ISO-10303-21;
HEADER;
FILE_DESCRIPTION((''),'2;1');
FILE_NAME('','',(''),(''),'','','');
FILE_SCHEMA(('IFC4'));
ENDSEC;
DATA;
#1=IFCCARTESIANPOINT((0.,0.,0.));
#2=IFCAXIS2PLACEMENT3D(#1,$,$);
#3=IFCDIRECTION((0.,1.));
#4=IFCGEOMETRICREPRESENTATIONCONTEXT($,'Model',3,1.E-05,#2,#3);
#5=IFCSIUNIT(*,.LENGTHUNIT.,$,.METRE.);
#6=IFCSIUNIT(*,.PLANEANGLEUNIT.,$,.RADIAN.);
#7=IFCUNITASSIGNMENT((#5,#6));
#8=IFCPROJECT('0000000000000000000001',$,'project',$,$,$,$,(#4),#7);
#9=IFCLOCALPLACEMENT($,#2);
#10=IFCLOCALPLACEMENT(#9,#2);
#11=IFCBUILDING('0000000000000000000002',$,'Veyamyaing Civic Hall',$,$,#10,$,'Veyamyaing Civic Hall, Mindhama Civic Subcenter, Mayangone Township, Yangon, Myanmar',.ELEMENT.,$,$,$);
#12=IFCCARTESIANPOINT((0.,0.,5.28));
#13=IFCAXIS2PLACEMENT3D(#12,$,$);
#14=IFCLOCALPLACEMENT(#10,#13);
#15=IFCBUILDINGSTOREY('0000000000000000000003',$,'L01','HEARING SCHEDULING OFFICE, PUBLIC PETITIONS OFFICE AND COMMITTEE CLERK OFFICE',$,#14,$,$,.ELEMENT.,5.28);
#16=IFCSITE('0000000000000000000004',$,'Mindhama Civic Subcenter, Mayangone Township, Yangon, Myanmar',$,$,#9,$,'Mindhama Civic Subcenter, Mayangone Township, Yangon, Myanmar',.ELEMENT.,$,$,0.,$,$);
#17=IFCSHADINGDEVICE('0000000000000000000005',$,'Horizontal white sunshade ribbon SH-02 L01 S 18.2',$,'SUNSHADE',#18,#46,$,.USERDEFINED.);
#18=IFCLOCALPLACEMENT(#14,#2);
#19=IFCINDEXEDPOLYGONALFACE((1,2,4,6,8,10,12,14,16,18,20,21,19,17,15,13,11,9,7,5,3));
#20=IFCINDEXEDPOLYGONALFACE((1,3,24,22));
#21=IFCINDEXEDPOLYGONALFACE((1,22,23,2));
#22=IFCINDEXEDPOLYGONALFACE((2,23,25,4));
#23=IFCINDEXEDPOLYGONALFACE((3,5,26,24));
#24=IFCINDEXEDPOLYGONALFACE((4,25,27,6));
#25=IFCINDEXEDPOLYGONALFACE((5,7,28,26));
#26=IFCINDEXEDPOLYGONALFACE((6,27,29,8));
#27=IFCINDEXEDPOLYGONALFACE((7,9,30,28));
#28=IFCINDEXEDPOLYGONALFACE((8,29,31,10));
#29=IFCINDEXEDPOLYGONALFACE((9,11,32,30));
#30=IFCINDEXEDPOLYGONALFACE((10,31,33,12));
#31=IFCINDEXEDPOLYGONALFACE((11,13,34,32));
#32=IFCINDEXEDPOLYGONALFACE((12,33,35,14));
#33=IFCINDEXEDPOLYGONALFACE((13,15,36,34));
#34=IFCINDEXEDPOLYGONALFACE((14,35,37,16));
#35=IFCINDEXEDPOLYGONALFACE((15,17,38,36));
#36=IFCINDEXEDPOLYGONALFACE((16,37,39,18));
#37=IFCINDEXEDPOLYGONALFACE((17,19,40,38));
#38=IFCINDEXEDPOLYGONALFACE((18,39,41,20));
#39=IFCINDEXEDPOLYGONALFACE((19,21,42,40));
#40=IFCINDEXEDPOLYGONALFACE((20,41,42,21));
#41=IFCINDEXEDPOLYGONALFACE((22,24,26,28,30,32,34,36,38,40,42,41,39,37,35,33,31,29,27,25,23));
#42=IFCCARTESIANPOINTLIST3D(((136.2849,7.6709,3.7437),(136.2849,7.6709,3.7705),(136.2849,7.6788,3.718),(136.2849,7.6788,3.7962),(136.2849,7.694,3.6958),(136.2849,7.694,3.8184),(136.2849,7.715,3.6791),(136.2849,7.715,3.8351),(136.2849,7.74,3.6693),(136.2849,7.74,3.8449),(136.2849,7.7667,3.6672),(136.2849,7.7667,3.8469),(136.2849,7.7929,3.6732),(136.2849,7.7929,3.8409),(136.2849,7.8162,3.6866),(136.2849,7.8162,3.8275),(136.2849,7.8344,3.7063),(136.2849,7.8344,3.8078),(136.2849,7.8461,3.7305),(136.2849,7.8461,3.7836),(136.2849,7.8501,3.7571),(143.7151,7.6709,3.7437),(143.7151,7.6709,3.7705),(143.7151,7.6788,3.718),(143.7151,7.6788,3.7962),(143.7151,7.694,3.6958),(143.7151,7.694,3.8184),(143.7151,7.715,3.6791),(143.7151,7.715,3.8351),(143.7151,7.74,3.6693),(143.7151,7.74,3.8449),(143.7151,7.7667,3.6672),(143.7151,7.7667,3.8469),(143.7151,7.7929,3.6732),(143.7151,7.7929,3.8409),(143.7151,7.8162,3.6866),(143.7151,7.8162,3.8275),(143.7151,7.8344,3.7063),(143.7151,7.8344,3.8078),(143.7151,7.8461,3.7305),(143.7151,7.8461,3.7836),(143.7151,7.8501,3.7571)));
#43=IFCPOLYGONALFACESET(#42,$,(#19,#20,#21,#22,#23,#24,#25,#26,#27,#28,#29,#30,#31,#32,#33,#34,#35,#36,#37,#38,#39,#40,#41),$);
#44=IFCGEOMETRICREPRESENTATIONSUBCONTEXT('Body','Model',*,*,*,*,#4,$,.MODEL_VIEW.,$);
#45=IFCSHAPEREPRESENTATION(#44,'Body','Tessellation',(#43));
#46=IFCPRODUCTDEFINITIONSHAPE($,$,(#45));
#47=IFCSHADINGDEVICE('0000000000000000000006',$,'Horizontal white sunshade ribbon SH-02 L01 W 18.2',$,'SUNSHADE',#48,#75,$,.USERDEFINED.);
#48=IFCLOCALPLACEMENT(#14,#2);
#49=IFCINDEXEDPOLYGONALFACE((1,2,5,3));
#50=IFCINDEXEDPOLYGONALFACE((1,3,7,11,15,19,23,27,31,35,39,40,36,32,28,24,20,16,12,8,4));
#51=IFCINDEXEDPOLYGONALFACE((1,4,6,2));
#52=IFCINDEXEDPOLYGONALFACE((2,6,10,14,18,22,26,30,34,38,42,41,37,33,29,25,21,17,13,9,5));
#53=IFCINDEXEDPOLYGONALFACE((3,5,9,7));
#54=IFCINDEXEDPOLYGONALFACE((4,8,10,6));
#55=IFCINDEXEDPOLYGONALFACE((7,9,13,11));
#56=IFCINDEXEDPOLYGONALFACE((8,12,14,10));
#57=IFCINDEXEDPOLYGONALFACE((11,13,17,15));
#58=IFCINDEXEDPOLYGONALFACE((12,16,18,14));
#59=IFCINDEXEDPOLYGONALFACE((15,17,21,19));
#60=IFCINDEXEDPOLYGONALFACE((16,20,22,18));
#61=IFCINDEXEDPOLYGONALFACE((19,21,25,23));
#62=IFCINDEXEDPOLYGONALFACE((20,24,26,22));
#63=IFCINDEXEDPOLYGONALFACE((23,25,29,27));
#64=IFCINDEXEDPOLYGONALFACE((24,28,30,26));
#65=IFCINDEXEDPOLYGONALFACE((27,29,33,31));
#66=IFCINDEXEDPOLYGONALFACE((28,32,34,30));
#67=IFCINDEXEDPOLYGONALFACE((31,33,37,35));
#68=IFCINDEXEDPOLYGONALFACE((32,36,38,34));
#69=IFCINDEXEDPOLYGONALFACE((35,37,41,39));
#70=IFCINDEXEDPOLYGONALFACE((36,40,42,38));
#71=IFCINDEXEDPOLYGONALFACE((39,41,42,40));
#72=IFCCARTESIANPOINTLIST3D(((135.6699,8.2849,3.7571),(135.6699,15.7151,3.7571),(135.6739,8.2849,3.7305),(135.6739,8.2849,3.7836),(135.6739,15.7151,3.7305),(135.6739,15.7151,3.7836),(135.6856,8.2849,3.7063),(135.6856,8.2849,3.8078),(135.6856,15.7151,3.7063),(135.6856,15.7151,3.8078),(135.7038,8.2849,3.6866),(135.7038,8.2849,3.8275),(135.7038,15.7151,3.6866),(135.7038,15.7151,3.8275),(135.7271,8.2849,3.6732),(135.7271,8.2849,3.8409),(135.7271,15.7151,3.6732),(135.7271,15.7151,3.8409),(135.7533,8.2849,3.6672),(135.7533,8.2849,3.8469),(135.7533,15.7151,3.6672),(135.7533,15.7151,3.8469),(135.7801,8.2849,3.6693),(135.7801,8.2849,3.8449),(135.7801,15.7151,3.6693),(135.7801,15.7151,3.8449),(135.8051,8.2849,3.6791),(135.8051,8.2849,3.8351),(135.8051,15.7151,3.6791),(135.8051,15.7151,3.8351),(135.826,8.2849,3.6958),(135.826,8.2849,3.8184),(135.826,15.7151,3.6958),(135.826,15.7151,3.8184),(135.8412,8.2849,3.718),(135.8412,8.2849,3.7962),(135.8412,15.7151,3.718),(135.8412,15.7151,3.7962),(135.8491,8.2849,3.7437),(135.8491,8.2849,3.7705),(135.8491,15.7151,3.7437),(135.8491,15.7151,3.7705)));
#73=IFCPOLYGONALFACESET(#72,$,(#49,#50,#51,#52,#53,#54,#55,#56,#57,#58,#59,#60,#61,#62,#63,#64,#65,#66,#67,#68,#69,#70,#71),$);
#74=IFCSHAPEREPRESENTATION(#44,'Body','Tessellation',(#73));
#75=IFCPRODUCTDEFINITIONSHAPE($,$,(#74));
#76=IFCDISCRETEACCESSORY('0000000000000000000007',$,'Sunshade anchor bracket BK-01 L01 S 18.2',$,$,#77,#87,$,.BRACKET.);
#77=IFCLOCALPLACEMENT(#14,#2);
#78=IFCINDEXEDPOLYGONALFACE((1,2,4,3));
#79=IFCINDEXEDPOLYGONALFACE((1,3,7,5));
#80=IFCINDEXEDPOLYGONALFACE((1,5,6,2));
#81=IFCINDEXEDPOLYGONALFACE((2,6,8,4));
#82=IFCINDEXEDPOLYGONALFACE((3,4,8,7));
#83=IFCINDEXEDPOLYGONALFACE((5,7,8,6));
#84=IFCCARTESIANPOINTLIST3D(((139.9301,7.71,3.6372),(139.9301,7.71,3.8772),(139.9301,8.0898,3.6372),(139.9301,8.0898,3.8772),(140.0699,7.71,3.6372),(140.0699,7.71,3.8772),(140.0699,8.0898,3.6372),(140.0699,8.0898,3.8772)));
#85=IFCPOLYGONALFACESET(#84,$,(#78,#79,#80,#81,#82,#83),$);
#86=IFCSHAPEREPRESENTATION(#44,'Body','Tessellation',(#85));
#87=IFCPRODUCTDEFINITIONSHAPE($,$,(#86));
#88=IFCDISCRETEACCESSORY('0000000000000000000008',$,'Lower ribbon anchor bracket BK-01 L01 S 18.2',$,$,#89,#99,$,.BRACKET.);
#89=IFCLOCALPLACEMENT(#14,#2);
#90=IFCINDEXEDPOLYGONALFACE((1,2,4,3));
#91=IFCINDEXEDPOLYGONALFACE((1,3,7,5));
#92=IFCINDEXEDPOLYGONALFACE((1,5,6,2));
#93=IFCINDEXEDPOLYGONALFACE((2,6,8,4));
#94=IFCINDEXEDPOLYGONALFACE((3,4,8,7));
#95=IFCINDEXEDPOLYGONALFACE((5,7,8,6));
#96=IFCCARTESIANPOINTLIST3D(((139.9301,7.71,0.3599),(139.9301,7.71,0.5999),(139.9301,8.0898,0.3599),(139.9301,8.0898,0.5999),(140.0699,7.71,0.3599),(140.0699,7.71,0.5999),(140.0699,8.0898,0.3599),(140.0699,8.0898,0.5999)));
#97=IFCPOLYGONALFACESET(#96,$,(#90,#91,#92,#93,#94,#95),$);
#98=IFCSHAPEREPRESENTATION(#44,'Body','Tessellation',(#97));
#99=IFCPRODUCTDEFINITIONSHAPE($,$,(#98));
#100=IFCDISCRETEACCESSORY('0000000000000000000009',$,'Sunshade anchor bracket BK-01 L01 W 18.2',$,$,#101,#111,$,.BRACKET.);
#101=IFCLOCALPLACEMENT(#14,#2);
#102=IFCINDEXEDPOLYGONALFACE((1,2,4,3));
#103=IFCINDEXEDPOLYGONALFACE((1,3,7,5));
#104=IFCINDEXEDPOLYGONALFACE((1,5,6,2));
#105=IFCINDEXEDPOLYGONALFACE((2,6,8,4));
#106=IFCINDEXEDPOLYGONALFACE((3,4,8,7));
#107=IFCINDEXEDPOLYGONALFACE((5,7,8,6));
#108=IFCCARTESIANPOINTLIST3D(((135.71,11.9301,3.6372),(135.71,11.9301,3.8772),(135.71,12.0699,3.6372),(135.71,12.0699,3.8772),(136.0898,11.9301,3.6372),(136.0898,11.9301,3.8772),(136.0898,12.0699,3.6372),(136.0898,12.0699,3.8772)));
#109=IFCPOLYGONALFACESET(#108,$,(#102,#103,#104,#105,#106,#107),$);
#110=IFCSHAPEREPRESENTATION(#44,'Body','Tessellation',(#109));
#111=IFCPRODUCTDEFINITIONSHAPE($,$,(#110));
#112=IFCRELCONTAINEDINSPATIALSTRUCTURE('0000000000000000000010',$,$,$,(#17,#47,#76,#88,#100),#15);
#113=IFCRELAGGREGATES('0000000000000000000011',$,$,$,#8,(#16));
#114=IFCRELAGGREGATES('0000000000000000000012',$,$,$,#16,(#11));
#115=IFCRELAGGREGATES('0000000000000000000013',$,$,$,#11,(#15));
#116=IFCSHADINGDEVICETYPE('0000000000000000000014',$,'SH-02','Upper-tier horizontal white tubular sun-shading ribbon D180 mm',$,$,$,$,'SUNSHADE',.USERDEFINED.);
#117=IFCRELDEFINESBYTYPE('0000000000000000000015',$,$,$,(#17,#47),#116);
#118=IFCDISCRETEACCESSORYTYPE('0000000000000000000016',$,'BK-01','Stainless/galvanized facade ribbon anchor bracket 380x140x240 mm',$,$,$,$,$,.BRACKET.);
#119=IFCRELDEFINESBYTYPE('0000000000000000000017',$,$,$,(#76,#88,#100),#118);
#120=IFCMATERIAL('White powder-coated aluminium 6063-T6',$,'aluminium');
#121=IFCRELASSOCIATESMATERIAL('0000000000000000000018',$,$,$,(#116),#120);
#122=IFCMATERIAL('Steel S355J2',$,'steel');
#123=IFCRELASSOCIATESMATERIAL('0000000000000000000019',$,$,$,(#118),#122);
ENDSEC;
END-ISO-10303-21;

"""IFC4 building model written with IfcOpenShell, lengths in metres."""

from ifc_helpers import new_model, si_unit, direction, frame, origin, origin_2d, place, context, subcontext, project, spatial, rectangle, circle, extrude, material, material_profile, profile_set, type_object, element, save


model = new_model("IFC4")

# Units and contexts
model_context = context("Model", 3, precision=1e-05, world=origin(), true_north=direction((0.0, 1.0)))
body_context = subcontext(model_context, "Body", "Model", "MODEL_VIEW")
ifc_project = project(units=[si_unit("LENGTHUNIT", "METRE"), si_unit("PLANEANGLEUNIT", "RADIAN")], contexts=[model_context])

# Site, building, storey
site_placement = place(None, origin())
site = spatial("IfcSite", under=ifc_project, at=site_placement, Name="Mindhama Civic Subcenter, Mayangone Township, Yangon, Myanmar", LongName="Mindhama Civic Subcenter, Mayangone Township, Yangon, Myanmar", CompositionType="ELEMENT", RefElevation=0.0)
building_placement = place(site_placement, origin())
building = spatial("IfcBuilding", under=site, at=building_placement, Name="Veyamyaing Civic Hall", LongName="Veyamyaing Civic Hall, Mindhama Civic Subcenter, Mayangone Township, Yangon, Myanmar", CompositionType="ELEMENT")
storey_placement = place(building_placement, frame((0.0, 0.0, 5.28)))
storey = spatial("IfcBuildingStorey", under=building, at=storey_placement, Name="L01", Description="HEARING SCHEDULING OFFICE, PUBLIC PETITIONS OFFICE AND COMMITTEE CLERK OFFICE", CompositionType="ELEMENT", Elevation=5.28)

# Shared definitions
ifc_material_1 = material(Name="White powder-coated aluminium 6063-T6", Category="aluminium")

# Shading devices
ifc_material_profile_1 = material_profile(ifc_material_1, circle(Radius=0.0901, at=origin_2d()), Name="SHADE-TUBE-180")
ifc_profile_set_1 = profile_set([ifc_material_profile_1], Name="White powder-coated aluminium 6063-T6")
shading_device_type = type_object("IfcShadingDeviceType", Name="SH-02", Description="Upper-tier horizontal white tubular sun-shading ribbon D180 mm", ElementType="SUNSHADE", PredefinedType="USERDEFINED", material=ifc_profile_set_1)
for number, where, z_axis, x_axis, name in (
    (1, (136.2849, 7.76, 3.7571), (1.0, 0.0, 0.0), (0.0, 1.0, 0.0), "Horizontal white sunshade ribbon SH-02 L01 S 18.2"),
    (2, (135.76, 8.2849, 3.7571), (0.0, 1.0, 0.0), (-1.0, 0.0, 0.0), "Horizontal white sunshade ribbon SH-02 L01 W 18.2"),
):
    element("IfcShadingDevice", number, at=place(storey_placement, frame(where, z_axis=z_axis, x_axis=x_axis)), inside=storey, type_object=shading_device_type, Name=name, ObjectType="SUNSHADE", PredefinedType="USERDEFINED", context=body_context, shape_type="SweptSolid", body=[
        extrude(circle(Radius=0.0901, at=origin_2d()), origin(), (0.0, 0.0, 1.0), 7.4302),
    ])

# Discrete accessories
ifc_material_2 = material(Name="Steel S355J2", Category="steel")
discrete_accessory_type = type_object("IfcDiscreteAccessoryType", Name="BK-01", Description="Stainless/galvanized facade ribbon anchor bracket 380x140x240 mm", PredefinedType="BRACKET", material=ifc_material_2)
for number, where, z_axis, x_axis, name in (
    (3, (140.0, 7.8999, 3.6372), (0.0, 0.0, 1.0), (0.0, -1.0, 0.0), "Sunshade anchor bracket BK-01 L01 S 18.2"),
    (4, (140.0, 7.8999, 0.3599), (0.0, 0.0, 1.0), (0.0, -1.0, 0.0), "Lower ribbon anchor bracket BK-01 L01 S 18.2"),
    (5, (135.8999, 12.0, 3.6372), (0.0, 0.0, 1.0), (-1.0, 0.0, 0.0), "Sunshade anchor bracket BK-01 L01 W 18.2"),
):
    element("IfcDiscreteAccessory", number, at=place(storey_placement, frame(where, z_axis=z_axis, x_axis=x_axis)), inside=storey, type_object=discrete_accessory_type, Name=name, PredefinedType="BRACKET", context=body_context, shape_type="SweptSolid", body=[
        extrude(rectangle(XDim=0.3799, YDim=0.1399, at=origin_2d()), origin(), (0.0, 0.0, 1.0), 0.24),
    ])

save(model, "model.ifc")
